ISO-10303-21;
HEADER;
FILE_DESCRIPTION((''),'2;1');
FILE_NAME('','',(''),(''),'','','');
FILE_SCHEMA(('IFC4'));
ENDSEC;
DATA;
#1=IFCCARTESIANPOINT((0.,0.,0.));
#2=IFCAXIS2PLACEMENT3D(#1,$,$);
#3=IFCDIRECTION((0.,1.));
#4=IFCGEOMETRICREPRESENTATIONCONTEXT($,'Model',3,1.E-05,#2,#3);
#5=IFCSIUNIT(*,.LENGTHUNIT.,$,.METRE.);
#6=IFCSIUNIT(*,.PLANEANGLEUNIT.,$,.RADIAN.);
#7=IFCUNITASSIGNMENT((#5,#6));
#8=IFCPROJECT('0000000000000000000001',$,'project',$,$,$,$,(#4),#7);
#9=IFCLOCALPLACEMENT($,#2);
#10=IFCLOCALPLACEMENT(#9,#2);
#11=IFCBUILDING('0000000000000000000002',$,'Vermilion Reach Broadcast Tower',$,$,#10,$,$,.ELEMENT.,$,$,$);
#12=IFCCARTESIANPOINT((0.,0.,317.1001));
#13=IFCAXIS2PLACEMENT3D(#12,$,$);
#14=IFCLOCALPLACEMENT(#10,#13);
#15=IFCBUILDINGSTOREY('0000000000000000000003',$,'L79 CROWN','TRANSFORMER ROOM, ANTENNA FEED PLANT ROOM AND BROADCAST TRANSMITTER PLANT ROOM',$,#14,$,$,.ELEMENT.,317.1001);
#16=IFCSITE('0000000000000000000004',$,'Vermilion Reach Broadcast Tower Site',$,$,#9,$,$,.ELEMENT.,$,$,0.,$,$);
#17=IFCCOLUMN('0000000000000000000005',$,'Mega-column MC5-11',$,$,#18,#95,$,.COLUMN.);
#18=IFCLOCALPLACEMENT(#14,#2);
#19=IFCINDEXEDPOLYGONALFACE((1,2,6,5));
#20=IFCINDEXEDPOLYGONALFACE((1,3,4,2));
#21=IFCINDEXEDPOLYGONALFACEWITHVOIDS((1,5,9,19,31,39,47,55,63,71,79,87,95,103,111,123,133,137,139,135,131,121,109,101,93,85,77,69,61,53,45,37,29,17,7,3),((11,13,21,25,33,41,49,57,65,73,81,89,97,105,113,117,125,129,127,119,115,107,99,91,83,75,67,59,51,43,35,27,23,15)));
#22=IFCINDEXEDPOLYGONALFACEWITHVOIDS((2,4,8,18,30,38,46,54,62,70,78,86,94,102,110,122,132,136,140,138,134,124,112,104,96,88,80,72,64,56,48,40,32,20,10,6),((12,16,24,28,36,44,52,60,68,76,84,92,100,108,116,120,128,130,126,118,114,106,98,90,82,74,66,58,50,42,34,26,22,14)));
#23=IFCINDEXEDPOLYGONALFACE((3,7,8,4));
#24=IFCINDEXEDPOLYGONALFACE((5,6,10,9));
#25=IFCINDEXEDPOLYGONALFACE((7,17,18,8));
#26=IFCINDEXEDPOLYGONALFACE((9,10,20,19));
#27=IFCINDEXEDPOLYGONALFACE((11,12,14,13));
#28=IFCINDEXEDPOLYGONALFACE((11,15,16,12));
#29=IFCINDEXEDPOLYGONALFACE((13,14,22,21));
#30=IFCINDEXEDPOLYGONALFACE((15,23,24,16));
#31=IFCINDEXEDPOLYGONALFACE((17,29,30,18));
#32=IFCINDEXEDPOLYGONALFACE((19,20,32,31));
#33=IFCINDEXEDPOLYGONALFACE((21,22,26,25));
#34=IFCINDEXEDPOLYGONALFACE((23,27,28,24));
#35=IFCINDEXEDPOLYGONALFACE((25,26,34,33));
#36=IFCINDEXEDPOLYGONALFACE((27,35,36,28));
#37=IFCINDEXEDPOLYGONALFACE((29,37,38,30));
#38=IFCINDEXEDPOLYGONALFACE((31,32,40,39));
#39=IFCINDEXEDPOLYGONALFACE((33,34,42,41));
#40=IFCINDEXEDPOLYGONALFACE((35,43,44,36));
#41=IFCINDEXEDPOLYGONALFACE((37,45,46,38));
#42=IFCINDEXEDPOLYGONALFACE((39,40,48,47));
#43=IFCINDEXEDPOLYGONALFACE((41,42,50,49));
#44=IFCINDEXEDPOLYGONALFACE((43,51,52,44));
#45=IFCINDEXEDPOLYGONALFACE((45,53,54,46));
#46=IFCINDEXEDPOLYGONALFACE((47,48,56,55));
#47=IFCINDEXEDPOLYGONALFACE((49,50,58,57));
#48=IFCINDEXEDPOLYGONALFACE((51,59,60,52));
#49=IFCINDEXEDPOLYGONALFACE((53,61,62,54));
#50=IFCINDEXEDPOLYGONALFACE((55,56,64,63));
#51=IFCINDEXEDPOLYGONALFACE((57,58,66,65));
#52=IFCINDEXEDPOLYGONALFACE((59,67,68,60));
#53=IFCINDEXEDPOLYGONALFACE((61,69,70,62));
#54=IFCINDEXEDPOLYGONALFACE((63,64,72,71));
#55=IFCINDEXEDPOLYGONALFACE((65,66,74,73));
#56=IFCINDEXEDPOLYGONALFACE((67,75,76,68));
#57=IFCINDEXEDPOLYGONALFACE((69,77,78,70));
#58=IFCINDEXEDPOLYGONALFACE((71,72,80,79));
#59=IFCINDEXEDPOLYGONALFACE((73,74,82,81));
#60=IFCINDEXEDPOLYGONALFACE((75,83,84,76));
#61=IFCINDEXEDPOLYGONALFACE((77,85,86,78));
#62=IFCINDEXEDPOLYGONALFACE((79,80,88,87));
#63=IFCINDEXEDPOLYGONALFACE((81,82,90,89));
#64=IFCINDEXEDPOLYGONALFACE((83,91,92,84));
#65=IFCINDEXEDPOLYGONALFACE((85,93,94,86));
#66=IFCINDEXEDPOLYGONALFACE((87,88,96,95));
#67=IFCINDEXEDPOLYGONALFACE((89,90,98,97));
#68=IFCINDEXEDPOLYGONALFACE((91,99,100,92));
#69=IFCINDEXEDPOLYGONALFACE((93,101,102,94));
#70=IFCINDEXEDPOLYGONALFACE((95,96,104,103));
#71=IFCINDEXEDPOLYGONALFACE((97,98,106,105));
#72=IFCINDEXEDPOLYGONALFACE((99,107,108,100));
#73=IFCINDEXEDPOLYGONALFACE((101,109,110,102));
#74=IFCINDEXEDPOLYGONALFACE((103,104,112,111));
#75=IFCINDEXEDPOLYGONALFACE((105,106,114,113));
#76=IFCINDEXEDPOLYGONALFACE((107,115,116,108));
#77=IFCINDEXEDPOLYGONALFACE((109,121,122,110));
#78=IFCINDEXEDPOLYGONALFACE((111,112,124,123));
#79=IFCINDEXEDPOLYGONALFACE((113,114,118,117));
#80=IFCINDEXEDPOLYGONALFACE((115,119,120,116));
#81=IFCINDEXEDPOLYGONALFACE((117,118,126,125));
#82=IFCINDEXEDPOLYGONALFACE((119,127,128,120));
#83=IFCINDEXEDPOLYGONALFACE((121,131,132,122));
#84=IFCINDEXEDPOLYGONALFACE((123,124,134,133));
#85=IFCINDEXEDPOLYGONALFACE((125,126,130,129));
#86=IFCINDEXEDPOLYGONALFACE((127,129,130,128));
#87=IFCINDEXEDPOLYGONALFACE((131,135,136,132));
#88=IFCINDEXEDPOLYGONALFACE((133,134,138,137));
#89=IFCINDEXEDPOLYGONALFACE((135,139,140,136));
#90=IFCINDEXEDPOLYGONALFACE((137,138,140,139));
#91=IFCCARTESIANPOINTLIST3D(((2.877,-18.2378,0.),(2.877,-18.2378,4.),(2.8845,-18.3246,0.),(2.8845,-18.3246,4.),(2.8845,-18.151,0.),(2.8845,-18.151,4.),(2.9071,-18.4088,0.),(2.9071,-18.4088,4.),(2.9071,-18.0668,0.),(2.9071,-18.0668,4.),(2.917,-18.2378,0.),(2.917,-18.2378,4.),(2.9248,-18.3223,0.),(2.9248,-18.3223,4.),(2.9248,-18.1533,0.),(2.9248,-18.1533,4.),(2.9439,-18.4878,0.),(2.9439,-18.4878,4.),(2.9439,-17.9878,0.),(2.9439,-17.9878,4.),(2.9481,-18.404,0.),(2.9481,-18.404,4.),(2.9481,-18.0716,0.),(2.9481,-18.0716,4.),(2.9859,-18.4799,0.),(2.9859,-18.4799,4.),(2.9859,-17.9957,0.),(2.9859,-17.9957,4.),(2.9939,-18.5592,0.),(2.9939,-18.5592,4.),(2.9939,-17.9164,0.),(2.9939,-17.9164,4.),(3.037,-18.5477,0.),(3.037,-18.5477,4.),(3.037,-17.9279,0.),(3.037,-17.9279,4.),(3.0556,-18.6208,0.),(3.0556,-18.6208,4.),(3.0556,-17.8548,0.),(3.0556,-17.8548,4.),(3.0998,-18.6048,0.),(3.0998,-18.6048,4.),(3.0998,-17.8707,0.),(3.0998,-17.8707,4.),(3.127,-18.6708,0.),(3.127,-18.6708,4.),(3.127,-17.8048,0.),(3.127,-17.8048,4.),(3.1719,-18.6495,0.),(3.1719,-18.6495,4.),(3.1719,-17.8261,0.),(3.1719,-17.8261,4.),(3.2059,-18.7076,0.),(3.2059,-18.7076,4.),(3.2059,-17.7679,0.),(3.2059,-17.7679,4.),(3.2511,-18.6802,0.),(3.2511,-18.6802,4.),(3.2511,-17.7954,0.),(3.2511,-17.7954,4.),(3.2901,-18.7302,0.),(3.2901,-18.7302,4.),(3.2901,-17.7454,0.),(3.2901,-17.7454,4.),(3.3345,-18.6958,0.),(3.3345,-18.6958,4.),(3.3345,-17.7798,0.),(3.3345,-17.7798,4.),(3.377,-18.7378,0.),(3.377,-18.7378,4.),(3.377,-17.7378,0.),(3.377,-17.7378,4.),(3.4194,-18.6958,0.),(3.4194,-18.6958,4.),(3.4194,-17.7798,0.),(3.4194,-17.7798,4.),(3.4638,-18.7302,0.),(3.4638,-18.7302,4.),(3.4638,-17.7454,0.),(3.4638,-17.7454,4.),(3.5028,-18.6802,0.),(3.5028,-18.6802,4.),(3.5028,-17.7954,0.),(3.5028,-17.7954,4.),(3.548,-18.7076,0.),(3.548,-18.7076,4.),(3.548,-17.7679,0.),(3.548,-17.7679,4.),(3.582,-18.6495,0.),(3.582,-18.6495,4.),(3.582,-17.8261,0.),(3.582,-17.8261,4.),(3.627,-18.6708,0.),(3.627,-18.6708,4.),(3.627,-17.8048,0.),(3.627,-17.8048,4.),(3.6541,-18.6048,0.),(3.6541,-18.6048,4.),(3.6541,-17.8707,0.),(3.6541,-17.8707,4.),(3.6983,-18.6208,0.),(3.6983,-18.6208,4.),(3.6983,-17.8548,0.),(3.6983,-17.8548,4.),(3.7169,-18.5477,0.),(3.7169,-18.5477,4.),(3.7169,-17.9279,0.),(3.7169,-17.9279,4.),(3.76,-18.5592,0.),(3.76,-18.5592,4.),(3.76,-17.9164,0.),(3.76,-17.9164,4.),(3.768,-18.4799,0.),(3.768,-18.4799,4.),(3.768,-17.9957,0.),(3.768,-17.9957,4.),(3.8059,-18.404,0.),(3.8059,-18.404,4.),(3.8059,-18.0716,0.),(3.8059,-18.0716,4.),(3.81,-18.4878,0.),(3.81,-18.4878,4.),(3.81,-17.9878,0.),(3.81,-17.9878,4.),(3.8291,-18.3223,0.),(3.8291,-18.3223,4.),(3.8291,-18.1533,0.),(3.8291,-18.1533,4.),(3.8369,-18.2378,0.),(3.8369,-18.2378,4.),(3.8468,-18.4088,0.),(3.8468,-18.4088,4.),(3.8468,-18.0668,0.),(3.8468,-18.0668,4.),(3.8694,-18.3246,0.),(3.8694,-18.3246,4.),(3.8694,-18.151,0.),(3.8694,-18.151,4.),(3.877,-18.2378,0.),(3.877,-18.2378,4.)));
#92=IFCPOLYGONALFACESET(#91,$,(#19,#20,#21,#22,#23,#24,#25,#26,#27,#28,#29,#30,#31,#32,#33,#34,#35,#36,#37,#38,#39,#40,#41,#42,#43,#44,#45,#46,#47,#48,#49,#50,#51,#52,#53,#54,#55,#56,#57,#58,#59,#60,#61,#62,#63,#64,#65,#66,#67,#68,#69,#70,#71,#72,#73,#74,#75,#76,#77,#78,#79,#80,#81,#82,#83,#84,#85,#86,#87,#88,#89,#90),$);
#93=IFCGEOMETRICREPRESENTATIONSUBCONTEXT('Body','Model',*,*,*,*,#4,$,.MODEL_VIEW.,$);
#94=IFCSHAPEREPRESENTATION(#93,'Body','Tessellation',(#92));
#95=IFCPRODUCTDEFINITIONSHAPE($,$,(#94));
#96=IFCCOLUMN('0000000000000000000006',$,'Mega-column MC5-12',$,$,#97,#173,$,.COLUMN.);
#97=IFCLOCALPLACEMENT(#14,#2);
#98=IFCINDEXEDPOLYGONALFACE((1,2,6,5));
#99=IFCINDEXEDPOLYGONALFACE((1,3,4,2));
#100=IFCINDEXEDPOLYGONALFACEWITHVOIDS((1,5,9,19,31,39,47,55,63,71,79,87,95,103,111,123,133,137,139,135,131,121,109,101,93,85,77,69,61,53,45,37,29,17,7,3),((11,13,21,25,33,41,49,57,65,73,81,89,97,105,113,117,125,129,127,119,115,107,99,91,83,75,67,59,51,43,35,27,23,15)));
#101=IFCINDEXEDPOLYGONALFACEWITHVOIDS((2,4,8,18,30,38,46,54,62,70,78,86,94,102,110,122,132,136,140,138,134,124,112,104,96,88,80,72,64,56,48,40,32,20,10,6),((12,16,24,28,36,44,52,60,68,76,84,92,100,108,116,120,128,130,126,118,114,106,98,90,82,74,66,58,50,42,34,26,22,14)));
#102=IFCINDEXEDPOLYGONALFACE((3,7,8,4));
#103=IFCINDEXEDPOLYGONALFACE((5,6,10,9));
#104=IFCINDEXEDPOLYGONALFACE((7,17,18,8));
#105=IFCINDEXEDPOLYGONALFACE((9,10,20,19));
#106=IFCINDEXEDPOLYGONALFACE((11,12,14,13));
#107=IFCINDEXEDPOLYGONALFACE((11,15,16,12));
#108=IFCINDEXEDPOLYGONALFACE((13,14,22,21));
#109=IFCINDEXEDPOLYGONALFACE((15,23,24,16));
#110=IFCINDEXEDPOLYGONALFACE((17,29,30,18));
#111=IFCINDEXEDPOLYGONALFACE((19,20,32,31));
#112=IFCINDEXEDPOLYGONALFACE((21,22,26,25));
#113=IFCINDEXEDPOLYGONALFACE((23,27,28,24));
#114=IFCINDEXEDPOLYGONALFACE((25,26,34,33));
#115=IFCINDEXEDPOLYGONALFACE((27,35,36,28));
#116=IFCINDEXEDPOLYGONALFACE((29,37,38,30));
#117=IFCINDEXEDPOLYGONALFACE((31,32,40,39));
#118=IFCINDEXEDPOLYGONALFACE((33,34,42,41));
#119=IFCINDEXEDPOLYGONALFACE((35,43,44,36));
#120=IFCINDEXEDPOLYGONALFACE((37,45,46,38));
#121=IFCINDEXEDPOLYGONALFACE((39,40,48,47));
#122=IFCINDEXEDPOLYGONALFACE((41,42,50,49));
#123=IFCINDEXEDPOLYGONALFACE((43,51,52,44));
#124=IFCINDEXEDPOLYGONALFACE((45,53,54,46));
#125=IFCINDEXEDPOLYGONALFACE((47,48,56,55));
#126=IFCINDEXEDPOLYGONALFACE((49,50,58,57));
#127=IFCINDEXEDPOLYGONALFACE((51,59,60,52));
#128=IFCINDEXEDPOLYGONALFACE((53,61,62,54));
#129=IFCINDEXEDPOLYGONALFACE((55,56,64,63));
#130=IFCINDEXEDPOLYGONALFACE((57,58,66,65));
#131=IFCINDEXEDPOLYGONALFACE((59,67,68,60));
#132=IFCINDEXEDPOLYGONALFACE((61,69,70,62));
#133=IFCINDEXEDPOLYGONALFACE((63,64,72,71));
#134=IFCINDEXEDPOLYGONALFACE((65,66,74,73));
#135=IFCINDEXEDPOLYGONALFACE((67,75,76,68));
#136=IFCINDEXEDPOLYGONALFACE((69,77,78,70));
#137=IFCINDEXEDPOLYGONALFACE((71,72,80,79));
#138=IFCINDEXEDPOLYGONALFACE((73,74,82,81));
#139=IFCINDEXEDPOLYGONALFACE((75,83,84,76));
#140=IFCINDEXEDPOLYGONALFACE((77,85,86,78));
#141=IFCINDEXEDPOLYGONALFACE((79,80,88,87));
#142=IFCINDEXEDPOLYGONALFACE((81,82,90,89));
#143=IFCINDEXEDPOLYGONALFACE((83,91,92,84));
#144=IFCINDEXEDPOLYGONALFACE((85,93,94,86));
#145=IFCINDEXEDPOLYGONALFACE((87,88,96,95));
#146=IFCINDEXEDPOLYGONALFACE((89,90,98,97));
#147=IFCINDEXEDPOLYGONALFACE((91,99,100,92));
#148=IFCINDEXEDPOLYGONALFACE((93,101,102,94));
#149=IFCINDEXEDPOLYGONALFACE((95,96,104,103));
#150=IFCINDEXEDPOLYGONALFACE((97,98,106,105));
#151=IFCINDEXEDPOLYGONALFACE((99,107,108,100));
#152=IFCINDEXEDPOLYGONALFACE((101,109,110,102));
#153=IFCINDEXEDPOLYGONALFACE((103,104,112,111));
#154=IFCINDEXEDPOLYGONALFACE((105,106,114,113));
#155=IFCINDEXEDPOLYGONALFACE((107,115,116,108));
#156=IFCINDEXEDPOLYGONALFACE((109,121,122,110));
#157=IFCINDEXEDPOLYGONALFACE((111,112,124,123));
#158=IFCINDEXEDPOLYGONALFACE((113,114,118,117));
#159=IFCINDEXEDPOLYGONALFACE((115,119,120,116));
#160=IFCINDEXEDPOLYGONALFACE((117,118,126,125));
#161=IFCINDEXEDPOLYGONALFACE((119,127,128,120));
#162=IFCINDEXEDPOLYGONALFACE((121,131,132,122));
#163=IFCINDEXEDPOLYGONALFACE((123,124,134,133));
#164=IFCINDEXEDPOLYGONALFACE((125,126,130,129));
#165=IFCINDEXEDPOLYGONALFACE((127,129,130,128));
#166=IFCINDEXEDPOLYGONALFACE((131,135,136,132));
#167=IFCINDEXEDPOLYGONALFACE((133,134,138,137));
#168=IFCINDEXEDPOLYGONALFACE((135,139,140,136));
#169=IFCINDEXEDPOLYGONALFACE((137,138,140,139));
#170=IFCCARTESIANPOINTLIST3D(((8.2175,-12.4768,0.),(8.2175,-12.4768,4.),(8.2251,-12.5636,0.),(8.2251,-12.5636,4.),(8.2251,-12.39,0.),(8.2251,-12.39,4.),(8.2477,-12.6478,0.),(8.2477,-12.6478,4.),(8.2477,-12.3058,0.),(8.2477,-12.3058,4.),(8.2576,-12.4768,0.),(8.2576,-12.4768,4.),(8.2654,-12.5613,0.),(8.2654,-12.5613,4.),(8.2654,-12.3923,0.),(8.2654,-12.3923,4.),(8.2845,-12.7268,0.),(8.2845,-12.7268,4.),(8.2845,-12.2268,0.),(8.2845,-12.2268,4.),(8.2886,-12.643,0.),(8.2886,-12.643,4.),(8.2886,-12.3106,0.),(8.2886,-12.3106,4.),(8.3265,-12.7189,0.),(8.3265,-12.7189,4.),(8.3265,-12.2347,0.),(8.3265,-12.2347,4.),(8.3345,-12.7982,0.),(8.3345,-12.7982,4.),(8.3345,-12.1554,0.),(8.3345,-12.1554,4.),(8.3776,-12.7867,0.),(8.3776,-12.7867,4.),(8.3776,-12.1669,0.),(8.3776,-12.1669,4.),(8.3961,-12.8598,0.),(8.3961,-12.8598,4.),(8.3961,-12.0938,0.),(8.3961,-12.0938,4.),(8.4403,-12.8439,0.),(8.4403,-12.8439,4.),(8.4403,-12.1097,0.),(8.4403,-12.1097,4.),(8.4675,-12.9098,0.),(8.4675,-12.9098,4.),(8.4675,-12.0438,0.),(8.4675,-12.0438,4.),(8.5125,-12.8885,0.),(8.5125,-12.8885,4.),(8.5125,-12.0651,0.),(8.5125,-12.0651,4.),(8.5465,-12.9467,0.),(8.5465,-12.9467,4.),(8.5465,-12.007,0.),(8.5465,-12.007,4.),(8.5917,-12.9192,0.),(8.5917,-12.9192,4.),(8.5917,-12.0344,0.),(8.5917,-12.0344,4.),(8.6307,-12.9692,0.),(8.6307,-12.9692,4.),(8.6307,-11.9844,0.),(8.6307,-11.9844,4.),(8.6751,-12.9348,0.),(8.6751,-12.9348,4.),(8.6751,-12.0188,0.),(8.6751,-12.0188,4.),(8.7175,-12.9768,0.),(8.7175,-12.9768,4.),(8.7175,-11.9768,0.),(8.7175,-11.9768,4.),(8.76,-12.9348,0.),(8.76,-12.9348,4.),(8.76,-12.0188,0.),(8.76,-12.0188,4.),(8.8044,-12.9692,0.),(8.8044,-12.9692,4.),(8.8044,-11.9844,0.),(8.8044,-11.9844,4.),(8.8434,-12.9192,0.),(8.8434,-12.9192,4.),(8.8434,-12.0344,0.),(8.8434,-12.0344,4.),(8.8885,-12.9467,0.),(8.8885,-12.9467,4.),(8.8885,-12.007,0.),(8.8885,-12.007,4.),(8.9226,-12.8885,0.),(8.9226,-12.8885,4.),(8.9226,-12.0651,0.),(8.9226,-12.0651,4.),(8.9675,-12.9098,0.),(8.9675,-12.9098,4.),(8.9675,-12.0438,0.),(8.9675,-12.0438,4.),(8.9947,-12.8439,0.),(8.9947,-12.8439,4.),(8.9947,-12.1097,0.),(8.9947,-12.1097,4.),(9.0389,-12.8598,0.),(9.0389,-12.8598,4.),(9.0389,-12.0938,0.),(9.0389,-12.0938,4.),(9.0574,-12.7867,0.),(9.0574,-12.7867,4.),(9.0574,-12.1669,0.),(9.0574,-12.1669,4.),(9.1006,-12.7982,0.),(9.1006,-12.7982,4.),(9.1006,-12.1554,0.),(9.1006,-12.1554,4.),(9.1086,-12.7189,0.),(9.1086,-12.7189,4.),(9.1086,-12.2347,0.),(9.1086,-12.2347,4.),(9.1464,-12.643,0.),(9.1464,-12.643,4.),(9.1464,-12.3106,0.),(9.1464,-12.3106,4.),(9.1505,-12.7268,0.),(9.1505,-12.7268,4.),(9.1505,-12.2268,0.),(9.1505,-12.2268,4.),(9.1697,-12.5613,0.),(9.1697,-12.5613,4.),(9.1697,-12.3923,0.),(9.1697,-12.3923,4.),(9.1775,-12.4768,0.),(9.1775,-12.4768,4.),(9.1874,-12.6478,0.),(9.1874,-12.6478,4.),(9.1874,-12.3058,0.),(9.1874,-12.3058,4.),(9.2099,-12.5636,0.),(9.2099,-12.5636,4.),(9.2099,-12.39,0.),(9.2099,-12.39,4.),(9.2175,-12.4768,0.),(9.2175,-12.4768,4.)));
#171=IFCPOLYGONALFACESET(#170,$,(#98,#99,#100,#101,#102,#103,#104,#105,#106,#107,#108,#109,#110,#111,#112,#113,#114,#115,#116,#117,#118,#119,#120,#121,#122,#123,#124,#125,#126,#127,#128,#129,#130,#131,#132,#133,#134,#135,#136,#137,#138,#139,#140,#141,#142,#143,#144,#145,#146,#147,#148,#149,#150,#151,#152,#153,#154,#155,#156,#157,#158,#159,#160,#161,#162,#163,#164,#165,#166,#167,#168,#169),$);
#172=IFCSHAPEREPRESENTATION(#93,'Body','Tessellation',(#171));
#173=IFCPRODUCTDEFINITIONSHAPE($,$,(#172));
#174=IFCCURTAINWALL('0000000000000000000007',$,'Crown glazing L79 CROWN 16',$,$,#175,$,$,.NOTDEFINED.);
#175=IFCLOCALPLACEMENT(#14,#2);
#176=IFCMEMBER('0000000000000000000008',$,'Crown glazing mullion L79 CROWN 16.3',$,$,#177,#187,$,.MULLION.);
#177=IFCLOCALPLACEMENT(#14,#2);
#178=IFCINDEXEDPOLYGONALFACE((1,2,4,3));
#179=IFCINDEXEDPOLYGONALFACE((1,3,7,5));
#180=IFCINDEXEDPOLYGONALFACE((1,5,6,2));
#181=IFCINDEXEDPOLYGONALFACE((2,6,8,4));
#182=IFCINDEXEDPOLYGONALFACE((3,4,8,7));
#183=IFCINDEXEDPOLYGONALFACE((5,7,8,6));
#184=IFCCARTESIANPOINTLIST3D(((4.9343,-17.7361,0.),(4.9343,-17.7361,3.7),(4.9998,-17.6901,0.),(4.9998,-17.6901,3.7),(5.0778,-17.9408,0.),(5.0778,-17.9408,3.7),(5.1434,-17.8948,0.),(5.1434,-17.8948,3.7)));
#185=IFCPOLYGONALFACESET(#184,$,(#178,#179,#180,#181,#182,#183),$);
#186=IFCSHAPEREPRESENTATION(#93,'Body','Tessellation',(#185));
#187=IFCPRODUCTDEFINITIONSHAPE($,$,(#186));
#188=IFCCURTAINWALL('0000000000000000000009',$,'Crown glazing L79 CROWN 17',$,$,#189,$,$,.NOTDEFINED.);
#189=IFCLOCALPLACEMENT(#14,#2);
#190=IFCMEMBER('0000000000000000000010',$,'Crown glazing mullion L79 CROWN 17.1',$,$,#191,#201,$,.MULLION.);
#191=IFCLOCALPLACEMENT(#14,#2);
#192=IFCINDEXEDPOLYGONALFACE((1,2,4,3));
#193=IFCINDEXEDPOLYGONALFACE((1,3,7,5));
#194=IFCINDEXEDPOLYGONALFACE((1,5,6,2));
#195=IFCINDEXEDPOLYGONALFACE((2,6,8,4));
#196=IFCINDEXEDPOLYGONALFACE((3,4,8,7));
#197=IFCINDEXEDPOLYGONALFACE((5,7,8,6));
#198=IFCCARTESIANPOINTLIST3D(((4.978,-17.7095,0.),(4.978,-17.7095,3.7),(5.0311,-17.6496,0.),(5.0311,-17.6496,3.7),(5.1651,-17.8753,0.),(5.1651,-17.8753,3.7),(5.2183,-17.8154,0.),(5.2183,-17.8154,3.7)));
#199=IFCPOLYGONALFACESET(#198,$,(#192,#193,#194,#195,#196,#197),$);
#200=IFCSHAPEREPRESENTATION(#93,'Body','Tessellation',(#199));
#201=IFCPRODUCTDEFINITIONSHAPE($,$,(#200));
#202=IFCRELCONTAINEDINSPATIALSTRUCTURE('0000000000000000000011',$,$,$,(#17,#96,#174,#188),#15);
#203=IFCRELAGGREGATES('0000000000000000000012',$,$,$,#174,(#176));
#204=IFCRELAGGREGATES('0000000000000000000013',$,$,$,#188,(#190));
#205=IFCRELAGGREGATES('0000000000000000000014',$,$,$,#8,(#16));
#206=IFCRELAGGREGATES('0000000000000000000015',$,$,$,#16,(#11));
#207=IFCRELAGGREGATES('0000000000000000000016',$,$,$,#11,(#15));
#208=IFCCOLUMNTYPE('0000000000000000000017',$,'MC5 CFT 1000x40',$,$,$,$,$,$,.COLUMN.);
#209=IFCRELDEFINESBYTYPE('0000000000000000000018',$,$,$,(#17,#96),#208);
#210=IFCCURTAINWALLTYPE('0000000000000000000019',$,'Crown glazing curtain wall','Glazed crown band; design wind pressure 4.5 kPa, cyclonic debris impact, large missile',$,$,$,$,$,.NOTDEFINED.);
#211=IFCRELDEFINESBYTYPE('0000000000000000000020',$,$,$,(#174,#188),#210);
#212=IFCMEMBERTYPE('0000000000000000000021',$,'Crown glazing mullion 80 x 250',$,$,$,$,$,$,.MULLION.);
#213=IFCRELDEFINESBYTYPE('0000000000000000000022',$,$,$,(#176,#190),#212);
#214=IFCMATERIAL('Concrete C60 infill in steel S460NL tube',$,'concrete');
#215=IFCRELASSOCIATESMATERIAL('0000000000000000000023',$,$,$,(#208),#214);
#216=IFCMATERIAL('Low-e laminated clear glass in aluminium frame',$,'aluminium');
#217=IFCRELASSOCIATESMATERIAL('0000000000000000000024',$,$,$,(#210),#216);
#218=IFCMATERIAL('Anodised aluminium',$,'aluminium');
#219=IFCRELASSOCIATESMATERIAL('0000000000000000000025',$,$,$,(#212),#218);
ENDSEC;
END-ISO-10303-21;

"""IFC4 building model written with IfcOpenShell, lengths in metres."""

from ifc_helpers import new_model, si_unit, direction, frame, origin, origin_2d, place, context, subcontext, project, spatial, rectangle, hollow_circle, extrude, material, material_profile, profile_set, type_object, element, aggregate, save


model = new_model("IFC4")

# Units and contexts
model_context = context("Model", 3, precision=1e-05, world=origin(), true_north=direction((0.0, 1.0)))
body_context = subcontext(model_context, "Body", "Model", "MODEL_VIEW")
ifc_project = project(units=[si_unit("LENGTHUNIT", "METRE"), si_unit("PLANEANGLEUNIT", "RADIAN")], contexts=[model_context])

# Site, building, storey
site_placement = place(None, origin())
site = spatial("IfcSite", under=ifc_project, at=site_placement, Name="Vermilion Reach Broadcast Tower Site", CompositionType="ELEMENT", RefElevation=0.0)
building_placement = place(site_placement, origin())
building = spatial("IfcBuilding", under=site, at=building_placement, Name="Vermilion Reach Broadcast Tower", CompositionType="ELEMENT")
storey_placement = place(building_placement, frame((0.0, 0.0, 317.1001)))
storey = spatial("IfcBuildingStorey", under=building, at=storey_placement, Name="L79 CROWN", Description="TRANSFORMER ROOM, ANTENNA FEED PLANT ROOM AND BROADCAST TRANSMITTER PLANT ROOM", CompositionType="ELEMENT", Elevation=317.1001)

# Columns
ifc_material_1 = material(Name="Concrete C60 infill in steel S460NL tube", Category="concrete")
ifc_material_profile_1 = material_profile(ifc_material_1, hollow_circle(Radius=0.5, WallThickness=0.04, at=origin_2d()), Name="Concrete C60 infill in steel S460NL tube CFT 1000x40")
ifc_profile_set_1 = profile_set([ifc_material_profile_1], Name="Concrete C60 infill in steel S460NL tube")
column_type = type_object("IfcColumnType", Name="MC5 CFT 1000x40", PredefinedType="COLUMN", material=ifc_profile_set_1)
for number, where, z_axis, x_axis, name in (
    (1, (3.377, -18.2378, 0.0), (0.0, 0.0, 1.0), (1.0, 0.0, 0.0), "Mega-column MC5-11"),
    (2, (8.7175, -12.4768, 0.0), (0.0, 0.0, 1.0), (1.0, 0.0, 0.0), "Mega-column MC5-12"),
):
    element("IfcColumn", number, at=place(storey_placement, frame(where, z_axis=z_axis, x_axis=x_axis)), inside=storey, type_object=column_type, Name=name, PredefinedType="COLUMN", context=body_context, shape_type="SweptSolid", body=[
        extrude(hollow_circle(Radius=0.5, WallThickness=0.04, at=origin_2d()), origin(), (0.0, 0.0, 1.0), 4.0),
    ])

# Curtain wall, member
ifc_material_2 = material(Name="Low-e laminated clear glass in aluminium frame", Category="aluminium")
curtain_wall_type = type_object("IfcCurtainWallType", Name="Crown glazing curtain wall", Description="Glazed crown band; design wind pressure 4.5 kPa, cyclonic debris impact, large missile", PredefinedType="NOTDEFINED", material=ifc_material_2)
placement = place(storey_placement, origin())
curtain_wall_1 = element("IfcCurtainWall", 3, at=placement, inside=storey, type_object=curtain_wall_type, Name="Crown glazing L79 CROWN 16", PredefinedType="NOTDEFINED")
ifc_material_3 = material(Name="Anodised aluminium", Category="aluminium")
ifc_material_profile_2 = material_profile(ifc_material_3, rectangle(XDim=0.25, YDim=0.0801, at=origin_2d()), Name="Crown glazing mullion 80 x 250")
ifc_profile_set_2 = profile_set([ifc_material_profile_2], Name="Anodised aluminium")
member_type_1 = type_object("IfcMemberType", Name="Crown glazing mullion 80 x 250", PredefinedType="MULLION", material=ifc_profile_set_2)
member_1_placement = place(storey_placement, frame((5.0388, -17.8154, 0.0), z_axis=(0.0, 0.0, 1.0), x_axis=(-0.574164, 0.81874, 0.0)))
member_1 = element("IfcMember", 4, at=member_1_placement, type_object=member_type_1, Name="Crown glazing mullion L79 CROWN 16.3", PredefinedType="MULLION", context=body_context, shape_type="SweptSolid", body=[
    extrude(rectangle(XDim=0.25, YDim=0.0801, at=origin_2d()), origin(), (0.0, 0.0, 1.0), 3.7),
])

# Curtain wall, member
curtain_wall_2 = element("IfcCurtainWall", 5, at=placement, inside=storey, type_object=curtain_wall_type, Name="Crown glazing L79 CROWN 17", PredefinedType="NOTDEFINED")
member_2_placement = place(storey_placement, frame((5.0981, -17.7625, 0.0), z_axis=(0.0, 0.0, 1.0), x_axis=(-0.748408, 0.663239, 0.0)))
member_2 = element("IfcMember", 6, at=member_2_placement, type_object=member_type_1, Name="Crown glazing mullion L79 CROWN 17.1", PredefinedType="MULLION", context=body_context, shape_type="SweptSolid", body=[
    extrude(rectangle(XDim=0.25, YDim=0.0801, at=origin_2d()), origin(), (0.0, 0.0, 1.0), 3.7),
])

aggregate(curtain_wall_1, [member_1])
aggregate(curtain_wall_2, [member_2])

save(model, "model.ifc")
